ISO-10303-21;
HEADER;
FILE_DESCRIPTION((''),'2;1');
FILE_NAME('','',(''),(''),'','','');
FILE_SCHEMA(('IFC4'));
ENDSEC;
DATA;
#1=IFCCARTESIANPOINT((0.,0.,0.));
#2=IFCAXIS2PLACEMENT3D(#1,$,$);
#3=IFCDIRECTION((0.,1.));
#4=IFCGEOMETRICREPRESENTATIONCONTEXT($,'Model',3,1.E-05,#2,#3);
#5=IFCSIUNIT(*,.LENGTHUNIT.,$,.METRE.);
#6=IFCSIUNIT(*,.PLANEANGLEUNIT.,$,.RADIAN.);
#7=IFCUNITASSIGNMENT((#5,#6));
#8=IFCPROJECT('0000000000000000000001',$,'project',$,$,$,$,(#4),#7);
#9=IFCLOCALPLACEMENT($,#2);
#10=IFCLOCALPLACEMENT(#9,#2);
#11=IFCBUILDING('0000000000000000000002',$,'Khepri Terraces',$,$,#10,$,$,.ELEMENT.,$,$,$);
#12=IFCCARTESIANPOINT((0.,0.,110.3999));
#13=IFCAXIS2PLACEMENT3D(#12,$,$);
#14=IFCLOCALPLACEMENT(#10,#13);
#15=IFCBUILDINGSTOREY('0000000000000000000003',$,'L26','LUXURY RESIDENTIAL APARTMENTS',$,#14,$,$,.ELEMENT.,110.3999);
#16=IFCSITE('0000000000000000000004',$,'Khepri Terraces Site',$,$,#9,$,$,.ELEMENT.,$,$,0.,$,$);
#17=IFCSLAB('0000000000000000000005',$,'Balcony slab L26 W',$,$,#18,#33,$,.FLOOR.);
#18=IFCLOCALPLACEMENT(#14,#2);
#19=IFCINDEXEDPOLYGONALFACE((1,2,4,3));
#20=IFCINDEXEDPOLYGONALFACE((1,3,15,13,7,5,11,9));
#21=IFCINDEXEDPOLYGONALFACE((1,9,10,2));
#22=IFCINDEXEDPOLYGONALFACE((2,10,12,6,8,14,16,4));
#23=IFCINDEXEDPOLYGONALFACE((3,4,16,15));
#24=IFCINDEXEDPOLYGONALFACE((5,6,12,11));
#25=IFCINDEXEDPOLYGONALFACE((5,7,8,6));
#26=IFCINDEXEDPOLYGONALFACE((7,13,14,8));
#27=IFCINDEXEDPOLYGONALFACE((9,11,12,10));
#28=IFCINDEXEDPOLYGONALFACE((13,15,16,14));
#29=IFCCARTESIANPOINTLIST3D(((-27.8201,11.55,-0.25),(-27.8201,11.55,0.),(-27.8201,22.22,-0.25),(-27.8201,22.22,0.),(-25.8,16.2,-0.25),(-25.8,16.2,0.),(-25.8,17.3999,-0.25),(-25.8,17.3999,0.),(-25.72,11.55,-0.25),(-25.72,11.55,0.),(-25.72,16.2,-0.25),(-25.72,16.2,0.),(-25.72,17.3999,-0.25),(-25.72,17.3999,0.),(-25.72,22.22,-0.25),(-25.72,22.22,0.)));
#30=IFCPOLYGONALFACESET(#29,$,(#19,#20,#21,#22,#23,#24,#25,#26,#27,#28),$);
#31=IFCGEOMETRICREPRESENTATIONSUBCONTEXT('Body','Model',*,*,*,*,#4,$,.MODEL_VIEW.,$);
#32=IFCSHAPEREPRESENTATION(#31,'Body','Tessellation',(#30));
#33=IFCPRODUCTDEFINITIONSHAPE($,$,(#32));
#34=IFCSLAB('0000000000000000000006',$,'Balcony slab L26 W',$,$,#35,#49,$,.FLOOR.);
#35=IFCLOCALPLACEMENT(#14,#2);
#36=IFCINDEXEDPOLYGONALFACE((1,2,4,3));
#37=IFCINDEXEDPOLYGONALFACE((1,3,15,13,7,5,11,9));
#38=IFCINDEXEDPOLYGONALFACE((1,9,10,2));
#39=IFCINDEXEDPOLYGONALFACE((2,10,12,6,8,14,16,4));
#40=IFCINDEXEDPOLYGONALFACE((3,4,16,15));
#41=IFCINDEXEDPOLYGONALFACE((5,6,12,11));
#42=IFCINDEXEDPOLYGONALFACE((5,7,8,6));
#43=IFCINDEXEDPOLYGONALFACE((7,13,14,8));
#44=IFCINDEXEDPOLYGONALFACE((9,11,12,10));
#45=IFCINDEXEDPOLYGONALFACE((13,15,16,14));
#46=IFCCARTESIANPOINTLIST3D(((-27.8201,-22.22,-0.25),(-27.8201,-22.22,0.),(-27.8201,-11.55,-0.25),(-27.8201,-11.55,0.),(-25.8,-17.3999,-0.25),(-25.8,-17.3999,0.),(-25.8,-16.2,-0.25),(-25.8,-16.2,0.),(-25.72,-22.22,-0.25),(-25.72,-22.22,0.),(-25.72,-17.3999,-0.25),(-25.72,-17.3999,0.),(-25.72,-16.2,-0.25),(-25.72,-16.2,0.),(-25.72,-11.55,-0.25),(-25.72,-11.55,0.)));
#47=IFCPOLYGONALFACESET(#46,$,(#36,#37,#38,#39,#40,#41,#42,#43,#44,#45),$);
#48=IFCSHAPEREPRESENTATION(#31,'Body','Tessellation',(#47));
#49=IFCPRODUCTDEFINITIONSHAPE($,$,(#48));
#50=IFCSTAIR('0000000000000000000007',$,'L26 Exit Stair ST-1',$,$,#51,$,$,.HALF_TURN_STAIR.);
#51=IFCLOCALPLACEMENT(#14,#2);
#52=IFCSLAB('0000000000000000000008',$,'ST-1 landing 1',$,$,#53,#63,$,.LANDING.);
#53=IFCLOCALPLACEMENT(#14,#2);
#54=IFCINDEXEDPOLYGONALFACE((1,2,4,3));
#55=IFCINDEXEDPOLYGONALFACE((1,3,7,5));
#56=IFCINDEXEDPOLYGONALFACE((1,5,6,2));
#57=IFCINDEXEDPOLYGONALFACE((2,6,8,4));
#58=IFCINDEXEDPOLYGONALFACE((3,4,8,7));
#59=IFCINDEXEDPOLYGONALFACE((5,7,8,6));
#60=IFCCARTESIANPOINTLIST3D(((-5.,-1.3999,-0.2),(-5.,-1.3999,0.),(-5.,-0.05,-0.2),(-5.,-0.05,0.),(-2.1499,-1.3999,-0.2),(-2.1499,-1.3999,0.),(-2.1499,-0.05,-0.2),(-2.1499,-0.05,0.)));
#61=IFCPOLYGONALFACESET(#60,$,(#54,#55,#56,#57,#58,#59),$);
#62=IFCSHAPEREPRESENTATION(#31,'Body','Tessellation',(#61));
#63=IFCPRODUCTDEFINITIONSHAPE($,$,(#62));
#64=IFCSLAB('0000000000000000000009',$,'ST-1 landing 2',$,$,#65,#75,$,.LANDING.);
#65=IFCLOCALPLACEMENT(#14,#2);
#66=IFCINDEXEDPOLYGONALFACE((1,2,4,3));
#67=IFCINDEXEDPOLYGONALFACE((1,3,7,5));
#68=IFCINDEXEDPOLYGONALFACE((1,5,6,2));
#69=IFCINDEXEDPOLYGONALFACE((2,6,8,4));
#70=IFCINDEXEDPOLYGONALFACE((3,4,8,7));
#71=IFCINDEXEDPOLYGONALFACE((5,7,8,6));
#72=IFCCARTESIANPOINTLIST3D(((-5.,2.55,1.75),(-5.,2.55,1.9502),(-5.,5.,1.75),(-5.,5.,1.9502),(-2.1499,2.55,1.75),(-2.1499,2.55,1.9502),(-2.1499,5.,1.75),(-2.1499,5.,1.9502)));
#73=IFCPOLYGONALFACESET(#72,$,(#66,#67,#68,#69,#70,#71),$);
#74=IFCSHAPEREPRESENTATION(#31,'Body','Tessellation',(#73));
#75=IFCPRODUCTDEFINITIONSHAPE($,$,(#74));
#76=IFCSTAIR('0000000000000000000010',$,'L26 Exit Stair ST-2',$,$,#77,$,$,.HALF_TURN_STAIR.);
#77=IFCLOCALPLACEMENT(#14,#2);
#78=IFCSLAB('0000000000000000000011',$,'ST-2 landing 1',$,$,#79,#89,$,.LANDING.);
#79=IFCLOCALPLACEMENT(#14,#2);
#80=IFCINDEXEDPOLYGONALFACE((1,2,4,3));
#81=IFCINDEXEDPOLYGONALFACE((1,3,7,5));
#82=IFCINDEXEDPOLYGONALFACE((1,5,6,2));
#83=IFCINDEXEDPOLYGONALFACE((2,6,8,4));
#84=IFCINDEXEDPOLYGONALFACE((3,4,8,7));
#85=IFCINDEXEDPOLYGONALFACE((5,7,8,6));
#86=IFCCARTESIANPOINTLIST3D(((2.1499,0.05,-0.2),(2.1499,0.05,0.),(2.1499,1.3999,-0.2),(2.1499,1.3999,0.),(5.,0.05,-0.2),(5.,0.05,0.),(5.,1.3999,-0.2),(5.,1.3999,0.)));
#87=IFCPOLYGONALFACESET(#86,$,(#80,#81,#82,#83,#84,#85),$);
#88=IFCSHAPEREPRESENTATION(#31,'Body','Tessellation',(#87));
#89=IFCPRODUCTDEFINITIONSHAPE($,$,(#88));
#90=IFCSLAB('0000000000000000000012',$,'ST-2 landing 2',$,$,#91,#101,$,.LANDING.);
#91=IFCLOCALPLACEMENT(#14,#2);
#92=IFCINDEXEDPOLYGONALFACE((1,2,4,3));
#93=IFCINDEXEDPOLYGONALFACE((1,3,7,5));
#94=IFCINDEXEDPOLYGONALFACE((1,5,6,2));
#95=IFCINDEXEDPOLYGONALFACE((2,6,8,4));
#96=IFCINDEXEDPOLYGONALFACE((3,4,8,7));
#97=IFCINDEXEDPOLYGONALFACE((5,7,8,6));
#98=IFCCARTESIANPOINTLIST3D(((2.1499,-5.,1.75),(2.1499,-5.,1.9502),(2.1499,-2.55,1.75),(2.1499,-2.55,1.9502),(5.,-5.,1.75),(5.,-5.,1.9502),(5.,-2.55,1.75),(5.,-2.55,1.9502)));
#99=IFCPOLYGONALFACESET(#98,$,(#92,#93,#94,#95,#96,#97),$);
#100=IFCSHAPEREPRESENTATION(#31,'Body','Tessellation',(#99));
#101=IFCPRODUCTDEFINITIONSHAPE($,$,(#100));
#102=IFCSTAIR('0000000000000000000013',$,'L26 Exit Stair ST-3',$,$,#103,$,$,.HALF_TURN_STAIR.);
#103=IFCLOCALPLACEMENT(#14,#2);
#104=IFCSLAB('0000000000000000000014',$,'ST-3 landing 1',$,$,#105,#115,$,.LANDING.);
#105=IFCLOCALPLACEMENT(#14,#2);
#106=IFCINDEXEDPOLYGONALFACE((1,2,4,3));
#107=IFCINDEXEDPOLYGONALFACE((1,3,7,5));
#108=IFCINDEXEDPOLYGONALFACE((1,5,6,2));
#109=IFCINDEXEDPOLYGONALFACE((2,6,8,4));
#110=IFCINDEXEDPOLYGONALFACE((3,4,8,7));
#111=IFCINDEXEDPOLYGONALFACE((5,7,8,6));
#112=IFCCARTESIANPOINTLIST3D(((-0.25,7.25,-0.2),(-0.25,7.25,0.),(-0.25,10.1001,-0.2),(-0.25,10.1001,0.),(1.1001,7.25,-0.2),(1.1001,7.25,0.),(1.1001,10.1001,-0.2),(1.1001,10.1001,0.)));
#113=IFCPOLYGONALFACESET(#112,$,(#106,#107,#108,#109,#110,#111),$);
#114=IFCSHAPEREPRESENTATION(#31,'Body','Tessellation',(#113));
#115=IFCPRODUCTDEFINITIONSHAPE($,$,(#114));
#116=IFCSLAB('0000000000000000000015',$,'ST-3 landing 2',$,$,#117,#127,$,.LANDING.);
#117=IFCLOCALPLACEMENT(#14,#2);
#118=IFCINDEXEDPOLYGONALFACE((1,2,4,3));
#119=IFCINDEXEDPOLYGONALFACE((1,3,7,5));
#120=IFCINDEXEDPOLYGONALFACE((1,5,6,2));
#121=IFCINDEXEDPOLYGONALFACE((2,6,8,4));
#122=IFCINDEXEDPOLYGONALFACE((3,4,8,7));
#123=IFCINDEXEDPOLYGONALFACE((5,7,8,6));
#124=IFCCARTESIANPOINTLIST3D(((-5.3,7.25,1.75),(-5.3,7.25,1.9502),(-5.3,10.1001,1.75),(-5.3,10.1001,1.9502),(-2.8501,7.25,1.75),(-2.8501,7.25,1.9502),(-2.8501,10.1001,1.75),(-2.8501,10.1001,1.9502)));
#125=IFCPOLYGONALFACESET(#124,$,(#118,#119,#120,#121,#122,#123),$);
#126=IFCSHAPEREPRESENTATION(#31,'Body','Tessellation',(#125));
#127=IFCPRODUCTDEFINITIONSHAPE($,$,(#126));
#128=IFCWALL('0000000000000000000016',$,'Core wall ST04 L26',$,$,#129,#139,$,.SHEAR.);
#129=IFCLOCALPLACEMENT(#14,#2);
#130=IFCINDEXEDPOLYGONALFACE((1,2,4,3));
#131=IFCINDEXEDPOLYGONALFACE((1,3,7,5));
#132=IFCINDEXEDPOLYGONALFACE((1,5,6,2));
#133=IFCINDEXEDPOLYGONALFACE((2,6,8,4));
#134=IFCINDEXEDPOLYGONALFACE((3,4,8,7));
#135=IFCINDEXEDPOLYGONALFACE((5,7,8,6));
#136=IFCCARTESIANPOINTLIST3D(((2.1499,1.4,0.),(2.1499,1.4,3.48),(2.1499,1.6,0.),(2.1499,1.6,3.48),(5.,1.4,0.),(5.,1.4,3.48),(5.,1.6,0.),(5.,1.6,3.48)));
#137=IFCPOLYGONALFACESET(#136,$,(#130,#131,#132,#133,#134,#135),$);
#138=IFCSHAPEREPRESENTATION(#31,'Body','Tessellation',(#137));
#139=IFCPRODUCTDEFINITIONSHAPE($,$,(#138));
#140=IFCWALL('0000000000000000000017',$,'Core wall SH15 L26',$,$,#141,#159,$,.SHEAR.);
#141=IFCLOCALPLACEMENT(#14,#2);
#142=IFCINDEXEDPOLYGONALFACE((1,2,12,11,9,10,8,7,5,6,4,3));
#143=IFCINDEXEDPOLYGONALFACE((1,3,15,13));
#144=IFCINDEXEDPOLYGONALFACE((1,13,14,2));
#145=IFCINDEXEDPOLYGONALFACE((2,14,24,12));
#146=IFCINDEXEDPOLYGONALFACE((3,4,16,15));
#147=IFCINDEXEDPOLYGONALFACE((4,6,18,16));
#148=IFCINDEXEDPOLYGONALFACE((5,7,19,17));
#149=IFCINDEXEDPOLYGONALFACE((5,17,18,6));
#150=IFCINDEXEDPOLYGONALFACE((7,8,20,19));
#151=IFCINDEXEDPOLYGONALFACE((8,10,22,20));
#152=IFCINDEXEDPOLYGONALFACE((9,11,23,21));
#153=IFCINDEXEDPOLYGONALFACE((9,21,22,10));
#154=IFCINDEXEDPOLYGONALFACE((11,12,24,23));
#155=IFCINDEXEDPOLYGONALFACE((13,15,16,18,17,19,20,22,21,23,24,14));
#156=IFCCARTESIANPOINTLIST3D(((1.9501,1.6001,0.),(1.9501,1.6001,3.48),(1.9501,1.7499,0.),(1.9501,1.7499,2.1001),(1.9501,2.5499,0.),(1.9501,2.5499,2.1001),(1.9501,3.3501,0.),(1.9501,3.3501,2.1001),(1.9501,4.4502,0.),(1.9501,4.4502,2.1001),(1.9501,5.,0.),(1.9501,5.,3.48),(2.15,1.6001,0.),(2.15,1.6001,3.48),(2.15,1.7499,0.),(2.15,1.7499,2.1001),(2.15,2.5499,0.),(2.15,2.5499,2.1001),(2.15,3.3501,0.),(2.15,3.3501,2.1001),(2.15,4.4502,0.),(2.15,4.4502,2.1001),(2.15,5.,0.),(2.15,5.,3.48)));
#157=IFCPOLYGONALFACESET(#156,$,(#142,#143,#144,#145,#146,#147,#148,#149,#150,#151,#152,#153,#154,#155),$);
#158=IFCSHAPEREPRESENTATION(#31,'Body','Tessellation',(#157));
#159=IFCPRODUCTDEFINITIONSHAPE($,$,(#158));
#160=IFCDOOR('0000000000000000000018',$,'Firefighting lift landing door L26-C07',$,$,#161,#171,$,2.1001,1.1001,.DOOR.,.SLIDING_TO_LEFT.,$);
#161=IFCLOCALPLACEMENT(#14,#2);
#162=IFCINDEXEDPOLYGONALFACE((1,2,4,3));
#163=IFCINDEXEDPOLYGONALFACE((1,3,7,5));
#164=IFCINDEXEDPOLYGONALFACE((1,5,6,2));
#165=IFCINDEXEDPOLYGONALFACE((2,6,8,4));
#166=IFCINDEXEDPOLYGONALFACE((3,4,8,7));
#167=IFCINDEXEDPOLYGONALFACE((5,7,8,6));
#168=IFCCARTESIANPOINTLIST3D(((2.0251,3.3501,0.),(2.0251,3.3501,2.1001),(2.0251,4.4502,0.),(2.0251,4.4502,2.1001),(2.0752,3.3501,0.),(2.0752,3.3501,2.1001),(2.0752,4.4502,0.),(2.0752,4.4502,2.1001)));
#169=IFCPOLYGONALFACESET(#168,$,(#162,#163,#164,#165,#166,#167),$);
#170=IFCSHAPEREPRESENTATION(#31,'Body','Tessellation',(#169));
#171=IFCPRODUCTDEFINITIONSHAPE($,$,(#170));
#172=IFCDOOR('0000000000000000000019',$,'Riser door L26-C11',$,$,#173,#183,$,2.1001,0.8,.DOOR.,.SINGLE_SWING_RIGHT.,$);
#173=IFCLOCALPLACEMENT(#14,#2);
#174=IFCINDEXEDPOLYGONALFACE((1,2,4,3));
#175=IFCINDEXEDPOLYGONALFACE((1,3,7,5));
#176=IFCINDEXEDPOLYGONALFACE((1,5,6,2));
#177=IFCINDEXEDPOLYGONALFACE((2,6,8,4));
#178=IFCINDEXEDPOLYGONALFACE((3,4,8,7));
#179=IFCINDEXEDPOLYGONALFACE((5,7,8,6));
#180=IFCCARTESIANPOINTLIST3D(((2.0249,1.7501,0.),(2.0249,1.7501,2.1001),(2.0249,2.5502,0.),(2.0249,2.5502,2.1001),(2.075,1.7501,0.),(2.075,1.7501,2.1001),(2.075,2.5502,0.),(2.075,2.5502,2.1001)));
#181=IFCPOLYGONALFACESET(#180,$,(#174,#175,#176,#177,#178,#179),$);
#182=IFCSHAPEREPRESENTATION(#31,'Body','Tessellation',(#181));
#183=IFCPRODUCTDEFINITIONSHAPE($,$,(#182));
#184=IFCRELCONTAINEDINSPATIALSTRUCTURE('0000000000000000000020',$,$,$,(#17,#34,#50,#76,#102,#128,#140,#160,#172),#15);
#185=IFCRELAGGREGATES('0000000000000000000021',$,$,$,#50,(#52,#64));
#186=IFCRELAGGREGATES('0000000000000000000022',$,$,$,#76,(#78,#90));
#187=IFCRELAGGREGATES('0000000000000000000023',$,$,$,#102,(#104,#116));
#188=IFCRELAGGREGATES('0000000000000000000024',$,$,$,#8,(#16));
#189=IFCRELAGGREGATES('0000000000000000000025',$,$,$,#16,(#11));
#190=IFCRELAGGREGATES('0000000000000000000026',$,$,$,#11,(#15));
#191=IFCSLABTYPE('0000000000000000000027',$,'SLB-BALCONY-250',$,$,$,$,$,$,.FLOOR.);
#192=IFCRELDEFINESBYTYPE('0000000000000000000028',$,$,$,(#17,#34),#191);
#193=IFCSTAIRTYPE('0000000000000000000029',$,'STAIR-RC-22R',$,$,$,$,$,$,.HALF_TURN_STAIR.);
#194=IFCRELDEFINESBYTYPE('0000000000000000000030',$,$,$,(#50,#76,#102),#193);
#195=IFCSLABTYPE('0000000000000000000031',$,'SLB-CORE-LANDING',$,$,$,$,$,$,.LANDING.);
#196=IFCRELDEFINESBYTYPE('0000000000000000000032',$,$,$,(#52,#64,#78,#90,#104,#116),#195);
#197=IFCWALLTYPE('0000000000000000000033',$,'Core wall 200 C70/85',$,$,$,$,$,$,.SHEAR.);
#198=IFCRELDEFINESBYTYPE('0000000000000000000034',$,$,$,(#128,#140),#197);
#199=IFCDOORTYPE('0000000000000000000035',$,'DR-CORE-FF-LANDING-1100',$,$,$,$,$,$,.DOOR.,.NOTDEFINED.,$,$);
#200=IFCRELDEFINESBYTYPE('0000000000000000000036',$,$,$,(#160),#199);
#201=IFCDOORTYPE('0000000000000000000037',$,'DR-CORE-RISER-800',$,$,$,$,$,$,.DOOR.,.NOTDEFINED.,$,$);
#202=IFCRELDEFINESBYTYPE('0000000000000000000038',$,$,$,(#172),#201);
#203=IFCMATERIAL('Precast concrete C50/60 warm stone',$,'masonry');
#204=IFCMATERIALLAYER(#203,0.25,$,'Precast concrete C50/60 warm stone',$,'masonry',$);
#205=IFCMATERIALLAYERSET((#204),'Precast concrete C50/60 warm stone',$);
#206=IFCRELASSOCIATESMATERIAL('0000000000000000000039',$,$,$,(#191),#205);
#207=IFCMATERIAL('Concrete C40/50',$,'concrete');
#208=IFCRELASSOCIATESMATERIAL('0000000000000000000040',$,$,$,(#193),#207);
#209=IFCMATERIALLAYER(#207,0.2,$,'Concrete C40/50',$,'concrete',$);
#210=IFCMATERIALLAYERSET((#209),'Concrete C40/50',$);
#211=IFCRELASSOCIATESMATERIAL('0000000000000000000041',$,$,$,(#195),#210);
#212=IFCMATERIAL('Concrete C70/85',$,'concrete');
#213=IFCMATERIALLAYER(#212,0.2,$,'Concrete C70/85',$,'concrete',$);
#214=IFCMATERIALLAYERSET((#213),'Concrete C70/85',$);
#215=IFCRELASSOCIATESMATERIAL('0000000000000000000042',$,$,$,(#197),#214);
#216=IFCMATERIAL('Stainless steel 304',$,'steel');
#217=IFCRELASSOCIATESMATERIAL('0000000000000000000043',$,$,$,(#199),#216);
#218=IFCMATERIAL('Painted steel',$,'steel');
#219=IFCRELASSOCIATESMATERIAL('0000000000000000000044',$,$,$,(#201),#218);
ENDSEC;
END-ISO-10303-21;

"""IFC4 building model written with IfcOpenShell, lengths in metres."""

from ifc_helpers import new_model, si_unit, direction, frame, frame_2d, origin, place, context, subcontext, project, spatial, polyline, rectangle, outline, extrude, material, layer, layer_set, type_object, element, fill, aggregate, save


model = new_model("IFC4")

# Units and contexts
model_context = context("Model", 3, precision=1e-05, world=origin(), true_north=direction((0.0, 1.0)))
body_context = subcontext(model_context, "Body", "Model", "MODEL_VIEW")
ifc_project = project(units=[si_unit("LENGTHUNIT", "METRE"), si_unit("PLANEANGLEUNIT", "RADIAN")], contexts=[model_context])

# Site, building, storey
site_placement = place(None, origin())
site = spatial("IfcSite", under=ifc_project, at=site_placement, Name="Khepri Terraces Site", CompositionType="ELEMENT", RefElevation=0.0)
building_placement = place(site_placement, origin())
building = spatial("IfcBuilding", under=site, at=building_placement, Name="Khepri Terraces", CompositionType="ELEMENT")
storey_placement = place(building_placement, frame((0.0, 0.0, 110.3999)))
storey = spatial("IfcBuildingStorey", under=building, at=storey_placement, Name="L26", Description="LUXURY RESIDENTIAL APARTMENTS", CompositionType="ELEMENT", Elevation=110.3999)

# Slabs
ifc_material_1 = material(Name="Precast concrete C50/60 warm stone", Category="masonry")
ifc_layer_1 = layer(ifc_material_1, 0.25, Name="Precast concrete C50/60 warm stone", Category="masonry")
ifc_layer_set_1 = layer_set([ifc_layer_1], Name="Precast concrete C50/60 warm stone")
slab_type_1 = type_object("IfcSlabType", Name="SLB-BALCONY-250", PredefinedType="FLOOR", material=ifc_layer_set_1)
slab_1_placement = place(storey_placement, frame((0.0, 0.0, -0.25)))
element("IfcSlab", 1, at=slab_1_placement, inside=storey, type_object=slab_type_1, Name="Balcony slab L26 W", PredefinedType="FLOOR", context=body_context, shape_type="SweptSolid", body=[
    extrude(outline(polyline([(-25.72, 17.3999), (-25.72, 22.22), (-27.8201, 22.22), (-27.8201, 11.55), (-25.72, 11.55), (-25.72, 16.2), (-25.8, 16.2), (-25.8, 17.3999), (-25.72, 17.3999)])), origin(), (0.0, 0.0, 1.0), 0.25),
])
slab_2_placement = place(storey_placement, frame((0.0, 0.0, -0.25)))
element("IfcSlab", 2, at=slab_2_placement, inside=storey, type_object=slab_type_1, Name="Balcony slab L26 W", PredefinedType="FLOOR", context=body_context, shape_type="SweptSolid", body=[
    extrude(outline(polyline([(-25.72, -16.2), (-25.72, -11.55), (-27.8201, -11.55), (-27.8201, -22.22), (-25.72, -22.22), (-25.72, -17.3999), (-25.8, -17.3999), (-25.8, -16.2), (-25.72, -16.2)])), origin(), (0.0, 0.0, 1.0), 0.25),
])

# Stairs, slabs
ifc_material_2 = material(Name="Concrete C40/50", Category="concrete")
stair_type = type_object("IfcStairType", Name="STAIR-RC-22R", PredefinedType="HALF_TURN_STAIR", material=ifc_material_2)
stair_1_placement = place(storey_placement, origin())
stair_1 = element("IfcStair", 3, at=stair_1_placement, inside=storey, type_object=stair_type, Name="L26 Exit Stair ST-1", PredefinedType="HALF_TURN_STAIR")
ifc_layer_2 = layer(ifc_material_2, 0.2, Name="Concrete C40/50", Category="concrete")
ifc_layer_set_2 = layer_set([ifc_layer_2], Name="Concrete C40/50")
slab_type_2 = type_object("IfcSlabType", Name="SLB-CORE-LANDING", PredefinedType="LANDING", material=ifc_layer_set_2)
slab_3_placement = place(storey_placement, frame((0.0, 0.0, -0.2)))
slab_3 = element("IfcSlab", 4, at=slab_3_placement, type_object=slab_type_2, Name="ST-1 landing 1", PredefinedType="LANDING", context=body_context, shape_type="SweptSolid", body=[
    extrude(outline(polyline([(-2.1499, -1.3999), (-2.1499, -0.05), (-5.0, -0.05), (-5.0, -1.3999), (-2.1499, -1.3999)])), origin(), (0.0, 0.0, 1.0), 0.2),
])
slab_4_placement = place(storey_placement, frame((0.0, 0.0, 1.75)))
slab_4 = element("IfcSlab", 5, at=slab_4_placement, type_object=slab_type_2, Name="ST-1 landing 2", PredefinedType="LANDING", context=body_context, shape_type="SweptSolid", body=[
    extrude(outline(polyline([(-2.1499, 2.55), (-2.1499, 5.0), (-5.0, 5.0), (-5.0, 2.55), (-2.1499, 2.55)])), origin(), (0.0, 0.0, 1.0), 0.2002),
])
aggregate(stair_1, [slab_3, slab_4])
stair_2_placement = place(storey_placement, origin())
stair_2 = element("IfcStair", 6, at=stair_2_placement, inside=storey, type_object=stair_type, Name="L26 Exit Stair ST-2", PredefinedType="HALF_TURN_STAIR")
slab_5_placement = place(storey_placement, frame((0.0, 0.0, -0.2)))
slab_5 = element("IfcSlab", 7, at=slab_5_placement, type_object=slab_type_2, Name="ST-2 landing 1", PredefinedType="LANDING", context=body_context, shape_type="SweptSolid", body=[
    extrude(outline(polyline([(2.1499, 1.3999), (2.1499, 0.05), (5.0, 0.05), (5.0, 1.3999), (2.1499, 1.3999)])), origin(), (0.0, 0.0, 1.0), 0.2),
])
slab_6_placement = place(storey_placement, frame((0.0, 0.0, 1.75)))
slab_6 = element("IfcSlab", 8, at=slab_6_placement, type_object=slab_type_2, Name="ST-2 landing 2", PredefinedType="LANDING", context=body_context, shape_type="SweptSolid", body=[
    extrude(outline(polyline([(2.1499, -2.55), (2.1499, -5.0), (5.0, -5.0), (5.0, -2.55), (2.1499, -2.55)])), origin(), (0.0, 0.0, 1.0), 0.2002),
])
aggregate(stair_2, [slab_5, slab_6])
stair_3_placement = place(storey_placement, origin())
stair_3 = element("IfcStair", 9, at=stair_3_placement, inside=storey, type_object=stair_type, Name="L26 Exit Stair ST-3", PredefinedType="HALF_TURN_STAIR")
slab_7_placement = place(storey_placement, frame((0.0, 0.0, -0.2)))
slab_7 = element("IfcSlab", 10, at=slab_7_placement, type_object=slab_type_2, Name="ST-3 landing 1", PredefinedType="LANDING", context=body_context, shape_type="SweptSolid", body=[
    extrude(outline(polyline([(1.1001, 10.1001), (-0.25, 10.1001), (-0.25, 7.25), (1.1001, 7.25), (1.1001, 10.1001)])), origin(), (0.0, 0.0, 1.0), 0.2),
])
slab_8_placement = place(storey_placement, frame((0.0, 0.0, 1.75)))
slab_8 = element("IfcSlab", 11, at=slab_8_placement, type_object=slab_type_2, Name="ST-3 landing 2", PredefinedType="LANDING", context=body_context, shape_type="SweptSolid", body=[
    extrude(outline(polyline([(-2.8501, 10.1001), (-5.3, 10.1001), (-5.3, 7.25), (-2.8501, 7.25), (-2.8501, 10.1001)])), origin(), (0.0, 0.0, 1.0), 0.2002),
])
aggregate(stair_3, [slab_7, slab_8])

# Wall
ifc_material_3 = material(Name="Concrete C70/85", Category="concrete")
ifc_layer_3 = layer(ifc_material_3, 0.2, Name="Concrete C70/85", Category="concrete")
ifc_layer_set_3 = layer_set([ifc_layer_3], Name="Concrete C70/85")
wall_type = type_object("IfcWallType", Name="Core wall 200 C70/85", PredefinedType="SHEAR", material=ifc_layer_set_3)
wall_1_placement = place(storey_placement, frame((2.1499, 1.5, 0.0), z_axis=(0.0, 0.0, 1.0), x_axis=(1.0, 0.0, 0.0)))
element("IfcWall", 12, at=wall_1_placement, inside=storey, type_object=wall_type, Name="Core wall ST04 L26", PredefinedType="SHEAR", context=body_context, shape_type="SweptSolid", body=[
    extrude(rectangle(XDim=2.8501, YDim=0.2, at=frame_2d((1.425, 0.0))), origin(), (0.0, 0.0, 1.0), 3.48),
])

# Wall, openings, doors
wall_2_placement = place(storey_placement, frame((2.05, 1.6001, 0.0), z_axis=(0.0, 0.0, 1.0), x_axis=(0.0, 1.0, 0.0)))
wall_2 = element("IfcWall", 13, at=wall_2_placement, inside=storey, type_object=wall_type, Name="Core wall SH15 L26", PredefinedType="SHEAR", context=body_context, shape_type="SweptSolid", body=[
    extrude(rectangle(XDim=3.3999, YDim=0.2, at=frame_2d((1.7, 0.0))), origin(), (0.0, 0.0, 1.0), 3.48),
])
opening_1_placement = place(wall_2_placement, frame((1.75, 0.0, 0.0)))
opening_1 = element("IfcOpeningElement", 14, at=opening_1_placement, cuts=wall_2, PredefinedType="OPENING", context=body_context, shape_type="SweptSolid", body=[
    extrude(rectangle(XDim=1.1001, YDim=2.1001, at=frame_2d((0.55, 1.05))), frame((0.0, 0.1099, 0.0), z_axis=(0.0, -1.0, 0.0), x_axis=(1.0, 0.0, 0.0)), (0.0, 0.0, 1.0), 0.22),
])
opening_2_placement = place(wall_2_placement, frame((0.1499, 0.0, 0.0)))
opening_2 = element("IfcOpeningElement", 15, at=opening_2_placement, cuts=wall_2, PredefinedType="OPENING", context=body_context, shape_type="SweptSolid", body=[
    extrude(rectangle(XDim=0.8, YDim=2.1001, at=frame_2d((0.3999, 1.05))), frame((0.0, 0.1099, 0.0), z_axis=(0.0, -1.0, 0.0), x_axis=(1.0, 0.0, 0.0)), (0.0, 0.0, 1.0), 0.22),
])
ifc_material_4 = material(Name="Stainless steel 304", Category="steel")
door_type_1 = type_object("IfcDoorType", Name="DR-CORE-FF-LANDING-1100", OperationType="NOTDEFINED", PredefinedType="DOOR", material=ifc_material_4)
door_1_placement = place(opening_1_placement, origin())
door_1 = element("IfcDoor", 16, at=door_1_placement, inside=storey, type_object=door_type_1, Name="Firefighting lift landing door L26-C07", OperationType="SLIDING_TO_LEFT", OverallHeight=2.1001, OverallWidth=1.1001, PredefinedType="DOOR", context=body_context, shape_type="SweptSolid", body=[
    extrude(rectangle(XDim=1.1001, YDim=2.1001, at=frame_2d((0.55, 1.05))), frame((0.0, 0.0249, 0.0), z_axis=(0.0, -1.0, 0.0), x_axis=(1.0, 0.0, 0.0)), (0.0, 0.0, 1.0), 0.05),
])
fill(opening_1, door_1)
ifc_material_5 = material(Name="Painted steel", Category="steel")
door_type_2 = type_object("IfcDoorType", Name="DR-CORE-RISER-800", OperationType="NOTDEFINED", PredefinedType="DOOR", material=ifc_material_5)
door_2_placement = place(opening_2_placement, frame((0.8, 0.0, 0.0), z_axis=(0.0, 0.0, 1.0), x_axis=(-1.0, 0.0, 0.0)))
door_2 = element("IfcDoor", 17, at=door_2_placement, inside=storey, type_object=door_type_2, Name="Riser door L26-C11", OperationType="SINGLE_SWING_RIGHT", OverallHeight=2.1001, OverallWidth=0.8, PredefinedType="DOOR", context=body_context, shape_type="SweptSolid", body=[
    extrude(rectangle(XDim=0.8, YDim=2.1001, at=frame_2d((0.3999, 1.05))), frame((0.0, 0.0249, 0.0), z_axis=(0.0, -1.0, 0.0), x_axis=(1.0, 0.0, 0.0)), (0.0, 0.0, 1.0), 0.05),
])
fill(opening_2, door_2)

save(model, "model.ifc")
